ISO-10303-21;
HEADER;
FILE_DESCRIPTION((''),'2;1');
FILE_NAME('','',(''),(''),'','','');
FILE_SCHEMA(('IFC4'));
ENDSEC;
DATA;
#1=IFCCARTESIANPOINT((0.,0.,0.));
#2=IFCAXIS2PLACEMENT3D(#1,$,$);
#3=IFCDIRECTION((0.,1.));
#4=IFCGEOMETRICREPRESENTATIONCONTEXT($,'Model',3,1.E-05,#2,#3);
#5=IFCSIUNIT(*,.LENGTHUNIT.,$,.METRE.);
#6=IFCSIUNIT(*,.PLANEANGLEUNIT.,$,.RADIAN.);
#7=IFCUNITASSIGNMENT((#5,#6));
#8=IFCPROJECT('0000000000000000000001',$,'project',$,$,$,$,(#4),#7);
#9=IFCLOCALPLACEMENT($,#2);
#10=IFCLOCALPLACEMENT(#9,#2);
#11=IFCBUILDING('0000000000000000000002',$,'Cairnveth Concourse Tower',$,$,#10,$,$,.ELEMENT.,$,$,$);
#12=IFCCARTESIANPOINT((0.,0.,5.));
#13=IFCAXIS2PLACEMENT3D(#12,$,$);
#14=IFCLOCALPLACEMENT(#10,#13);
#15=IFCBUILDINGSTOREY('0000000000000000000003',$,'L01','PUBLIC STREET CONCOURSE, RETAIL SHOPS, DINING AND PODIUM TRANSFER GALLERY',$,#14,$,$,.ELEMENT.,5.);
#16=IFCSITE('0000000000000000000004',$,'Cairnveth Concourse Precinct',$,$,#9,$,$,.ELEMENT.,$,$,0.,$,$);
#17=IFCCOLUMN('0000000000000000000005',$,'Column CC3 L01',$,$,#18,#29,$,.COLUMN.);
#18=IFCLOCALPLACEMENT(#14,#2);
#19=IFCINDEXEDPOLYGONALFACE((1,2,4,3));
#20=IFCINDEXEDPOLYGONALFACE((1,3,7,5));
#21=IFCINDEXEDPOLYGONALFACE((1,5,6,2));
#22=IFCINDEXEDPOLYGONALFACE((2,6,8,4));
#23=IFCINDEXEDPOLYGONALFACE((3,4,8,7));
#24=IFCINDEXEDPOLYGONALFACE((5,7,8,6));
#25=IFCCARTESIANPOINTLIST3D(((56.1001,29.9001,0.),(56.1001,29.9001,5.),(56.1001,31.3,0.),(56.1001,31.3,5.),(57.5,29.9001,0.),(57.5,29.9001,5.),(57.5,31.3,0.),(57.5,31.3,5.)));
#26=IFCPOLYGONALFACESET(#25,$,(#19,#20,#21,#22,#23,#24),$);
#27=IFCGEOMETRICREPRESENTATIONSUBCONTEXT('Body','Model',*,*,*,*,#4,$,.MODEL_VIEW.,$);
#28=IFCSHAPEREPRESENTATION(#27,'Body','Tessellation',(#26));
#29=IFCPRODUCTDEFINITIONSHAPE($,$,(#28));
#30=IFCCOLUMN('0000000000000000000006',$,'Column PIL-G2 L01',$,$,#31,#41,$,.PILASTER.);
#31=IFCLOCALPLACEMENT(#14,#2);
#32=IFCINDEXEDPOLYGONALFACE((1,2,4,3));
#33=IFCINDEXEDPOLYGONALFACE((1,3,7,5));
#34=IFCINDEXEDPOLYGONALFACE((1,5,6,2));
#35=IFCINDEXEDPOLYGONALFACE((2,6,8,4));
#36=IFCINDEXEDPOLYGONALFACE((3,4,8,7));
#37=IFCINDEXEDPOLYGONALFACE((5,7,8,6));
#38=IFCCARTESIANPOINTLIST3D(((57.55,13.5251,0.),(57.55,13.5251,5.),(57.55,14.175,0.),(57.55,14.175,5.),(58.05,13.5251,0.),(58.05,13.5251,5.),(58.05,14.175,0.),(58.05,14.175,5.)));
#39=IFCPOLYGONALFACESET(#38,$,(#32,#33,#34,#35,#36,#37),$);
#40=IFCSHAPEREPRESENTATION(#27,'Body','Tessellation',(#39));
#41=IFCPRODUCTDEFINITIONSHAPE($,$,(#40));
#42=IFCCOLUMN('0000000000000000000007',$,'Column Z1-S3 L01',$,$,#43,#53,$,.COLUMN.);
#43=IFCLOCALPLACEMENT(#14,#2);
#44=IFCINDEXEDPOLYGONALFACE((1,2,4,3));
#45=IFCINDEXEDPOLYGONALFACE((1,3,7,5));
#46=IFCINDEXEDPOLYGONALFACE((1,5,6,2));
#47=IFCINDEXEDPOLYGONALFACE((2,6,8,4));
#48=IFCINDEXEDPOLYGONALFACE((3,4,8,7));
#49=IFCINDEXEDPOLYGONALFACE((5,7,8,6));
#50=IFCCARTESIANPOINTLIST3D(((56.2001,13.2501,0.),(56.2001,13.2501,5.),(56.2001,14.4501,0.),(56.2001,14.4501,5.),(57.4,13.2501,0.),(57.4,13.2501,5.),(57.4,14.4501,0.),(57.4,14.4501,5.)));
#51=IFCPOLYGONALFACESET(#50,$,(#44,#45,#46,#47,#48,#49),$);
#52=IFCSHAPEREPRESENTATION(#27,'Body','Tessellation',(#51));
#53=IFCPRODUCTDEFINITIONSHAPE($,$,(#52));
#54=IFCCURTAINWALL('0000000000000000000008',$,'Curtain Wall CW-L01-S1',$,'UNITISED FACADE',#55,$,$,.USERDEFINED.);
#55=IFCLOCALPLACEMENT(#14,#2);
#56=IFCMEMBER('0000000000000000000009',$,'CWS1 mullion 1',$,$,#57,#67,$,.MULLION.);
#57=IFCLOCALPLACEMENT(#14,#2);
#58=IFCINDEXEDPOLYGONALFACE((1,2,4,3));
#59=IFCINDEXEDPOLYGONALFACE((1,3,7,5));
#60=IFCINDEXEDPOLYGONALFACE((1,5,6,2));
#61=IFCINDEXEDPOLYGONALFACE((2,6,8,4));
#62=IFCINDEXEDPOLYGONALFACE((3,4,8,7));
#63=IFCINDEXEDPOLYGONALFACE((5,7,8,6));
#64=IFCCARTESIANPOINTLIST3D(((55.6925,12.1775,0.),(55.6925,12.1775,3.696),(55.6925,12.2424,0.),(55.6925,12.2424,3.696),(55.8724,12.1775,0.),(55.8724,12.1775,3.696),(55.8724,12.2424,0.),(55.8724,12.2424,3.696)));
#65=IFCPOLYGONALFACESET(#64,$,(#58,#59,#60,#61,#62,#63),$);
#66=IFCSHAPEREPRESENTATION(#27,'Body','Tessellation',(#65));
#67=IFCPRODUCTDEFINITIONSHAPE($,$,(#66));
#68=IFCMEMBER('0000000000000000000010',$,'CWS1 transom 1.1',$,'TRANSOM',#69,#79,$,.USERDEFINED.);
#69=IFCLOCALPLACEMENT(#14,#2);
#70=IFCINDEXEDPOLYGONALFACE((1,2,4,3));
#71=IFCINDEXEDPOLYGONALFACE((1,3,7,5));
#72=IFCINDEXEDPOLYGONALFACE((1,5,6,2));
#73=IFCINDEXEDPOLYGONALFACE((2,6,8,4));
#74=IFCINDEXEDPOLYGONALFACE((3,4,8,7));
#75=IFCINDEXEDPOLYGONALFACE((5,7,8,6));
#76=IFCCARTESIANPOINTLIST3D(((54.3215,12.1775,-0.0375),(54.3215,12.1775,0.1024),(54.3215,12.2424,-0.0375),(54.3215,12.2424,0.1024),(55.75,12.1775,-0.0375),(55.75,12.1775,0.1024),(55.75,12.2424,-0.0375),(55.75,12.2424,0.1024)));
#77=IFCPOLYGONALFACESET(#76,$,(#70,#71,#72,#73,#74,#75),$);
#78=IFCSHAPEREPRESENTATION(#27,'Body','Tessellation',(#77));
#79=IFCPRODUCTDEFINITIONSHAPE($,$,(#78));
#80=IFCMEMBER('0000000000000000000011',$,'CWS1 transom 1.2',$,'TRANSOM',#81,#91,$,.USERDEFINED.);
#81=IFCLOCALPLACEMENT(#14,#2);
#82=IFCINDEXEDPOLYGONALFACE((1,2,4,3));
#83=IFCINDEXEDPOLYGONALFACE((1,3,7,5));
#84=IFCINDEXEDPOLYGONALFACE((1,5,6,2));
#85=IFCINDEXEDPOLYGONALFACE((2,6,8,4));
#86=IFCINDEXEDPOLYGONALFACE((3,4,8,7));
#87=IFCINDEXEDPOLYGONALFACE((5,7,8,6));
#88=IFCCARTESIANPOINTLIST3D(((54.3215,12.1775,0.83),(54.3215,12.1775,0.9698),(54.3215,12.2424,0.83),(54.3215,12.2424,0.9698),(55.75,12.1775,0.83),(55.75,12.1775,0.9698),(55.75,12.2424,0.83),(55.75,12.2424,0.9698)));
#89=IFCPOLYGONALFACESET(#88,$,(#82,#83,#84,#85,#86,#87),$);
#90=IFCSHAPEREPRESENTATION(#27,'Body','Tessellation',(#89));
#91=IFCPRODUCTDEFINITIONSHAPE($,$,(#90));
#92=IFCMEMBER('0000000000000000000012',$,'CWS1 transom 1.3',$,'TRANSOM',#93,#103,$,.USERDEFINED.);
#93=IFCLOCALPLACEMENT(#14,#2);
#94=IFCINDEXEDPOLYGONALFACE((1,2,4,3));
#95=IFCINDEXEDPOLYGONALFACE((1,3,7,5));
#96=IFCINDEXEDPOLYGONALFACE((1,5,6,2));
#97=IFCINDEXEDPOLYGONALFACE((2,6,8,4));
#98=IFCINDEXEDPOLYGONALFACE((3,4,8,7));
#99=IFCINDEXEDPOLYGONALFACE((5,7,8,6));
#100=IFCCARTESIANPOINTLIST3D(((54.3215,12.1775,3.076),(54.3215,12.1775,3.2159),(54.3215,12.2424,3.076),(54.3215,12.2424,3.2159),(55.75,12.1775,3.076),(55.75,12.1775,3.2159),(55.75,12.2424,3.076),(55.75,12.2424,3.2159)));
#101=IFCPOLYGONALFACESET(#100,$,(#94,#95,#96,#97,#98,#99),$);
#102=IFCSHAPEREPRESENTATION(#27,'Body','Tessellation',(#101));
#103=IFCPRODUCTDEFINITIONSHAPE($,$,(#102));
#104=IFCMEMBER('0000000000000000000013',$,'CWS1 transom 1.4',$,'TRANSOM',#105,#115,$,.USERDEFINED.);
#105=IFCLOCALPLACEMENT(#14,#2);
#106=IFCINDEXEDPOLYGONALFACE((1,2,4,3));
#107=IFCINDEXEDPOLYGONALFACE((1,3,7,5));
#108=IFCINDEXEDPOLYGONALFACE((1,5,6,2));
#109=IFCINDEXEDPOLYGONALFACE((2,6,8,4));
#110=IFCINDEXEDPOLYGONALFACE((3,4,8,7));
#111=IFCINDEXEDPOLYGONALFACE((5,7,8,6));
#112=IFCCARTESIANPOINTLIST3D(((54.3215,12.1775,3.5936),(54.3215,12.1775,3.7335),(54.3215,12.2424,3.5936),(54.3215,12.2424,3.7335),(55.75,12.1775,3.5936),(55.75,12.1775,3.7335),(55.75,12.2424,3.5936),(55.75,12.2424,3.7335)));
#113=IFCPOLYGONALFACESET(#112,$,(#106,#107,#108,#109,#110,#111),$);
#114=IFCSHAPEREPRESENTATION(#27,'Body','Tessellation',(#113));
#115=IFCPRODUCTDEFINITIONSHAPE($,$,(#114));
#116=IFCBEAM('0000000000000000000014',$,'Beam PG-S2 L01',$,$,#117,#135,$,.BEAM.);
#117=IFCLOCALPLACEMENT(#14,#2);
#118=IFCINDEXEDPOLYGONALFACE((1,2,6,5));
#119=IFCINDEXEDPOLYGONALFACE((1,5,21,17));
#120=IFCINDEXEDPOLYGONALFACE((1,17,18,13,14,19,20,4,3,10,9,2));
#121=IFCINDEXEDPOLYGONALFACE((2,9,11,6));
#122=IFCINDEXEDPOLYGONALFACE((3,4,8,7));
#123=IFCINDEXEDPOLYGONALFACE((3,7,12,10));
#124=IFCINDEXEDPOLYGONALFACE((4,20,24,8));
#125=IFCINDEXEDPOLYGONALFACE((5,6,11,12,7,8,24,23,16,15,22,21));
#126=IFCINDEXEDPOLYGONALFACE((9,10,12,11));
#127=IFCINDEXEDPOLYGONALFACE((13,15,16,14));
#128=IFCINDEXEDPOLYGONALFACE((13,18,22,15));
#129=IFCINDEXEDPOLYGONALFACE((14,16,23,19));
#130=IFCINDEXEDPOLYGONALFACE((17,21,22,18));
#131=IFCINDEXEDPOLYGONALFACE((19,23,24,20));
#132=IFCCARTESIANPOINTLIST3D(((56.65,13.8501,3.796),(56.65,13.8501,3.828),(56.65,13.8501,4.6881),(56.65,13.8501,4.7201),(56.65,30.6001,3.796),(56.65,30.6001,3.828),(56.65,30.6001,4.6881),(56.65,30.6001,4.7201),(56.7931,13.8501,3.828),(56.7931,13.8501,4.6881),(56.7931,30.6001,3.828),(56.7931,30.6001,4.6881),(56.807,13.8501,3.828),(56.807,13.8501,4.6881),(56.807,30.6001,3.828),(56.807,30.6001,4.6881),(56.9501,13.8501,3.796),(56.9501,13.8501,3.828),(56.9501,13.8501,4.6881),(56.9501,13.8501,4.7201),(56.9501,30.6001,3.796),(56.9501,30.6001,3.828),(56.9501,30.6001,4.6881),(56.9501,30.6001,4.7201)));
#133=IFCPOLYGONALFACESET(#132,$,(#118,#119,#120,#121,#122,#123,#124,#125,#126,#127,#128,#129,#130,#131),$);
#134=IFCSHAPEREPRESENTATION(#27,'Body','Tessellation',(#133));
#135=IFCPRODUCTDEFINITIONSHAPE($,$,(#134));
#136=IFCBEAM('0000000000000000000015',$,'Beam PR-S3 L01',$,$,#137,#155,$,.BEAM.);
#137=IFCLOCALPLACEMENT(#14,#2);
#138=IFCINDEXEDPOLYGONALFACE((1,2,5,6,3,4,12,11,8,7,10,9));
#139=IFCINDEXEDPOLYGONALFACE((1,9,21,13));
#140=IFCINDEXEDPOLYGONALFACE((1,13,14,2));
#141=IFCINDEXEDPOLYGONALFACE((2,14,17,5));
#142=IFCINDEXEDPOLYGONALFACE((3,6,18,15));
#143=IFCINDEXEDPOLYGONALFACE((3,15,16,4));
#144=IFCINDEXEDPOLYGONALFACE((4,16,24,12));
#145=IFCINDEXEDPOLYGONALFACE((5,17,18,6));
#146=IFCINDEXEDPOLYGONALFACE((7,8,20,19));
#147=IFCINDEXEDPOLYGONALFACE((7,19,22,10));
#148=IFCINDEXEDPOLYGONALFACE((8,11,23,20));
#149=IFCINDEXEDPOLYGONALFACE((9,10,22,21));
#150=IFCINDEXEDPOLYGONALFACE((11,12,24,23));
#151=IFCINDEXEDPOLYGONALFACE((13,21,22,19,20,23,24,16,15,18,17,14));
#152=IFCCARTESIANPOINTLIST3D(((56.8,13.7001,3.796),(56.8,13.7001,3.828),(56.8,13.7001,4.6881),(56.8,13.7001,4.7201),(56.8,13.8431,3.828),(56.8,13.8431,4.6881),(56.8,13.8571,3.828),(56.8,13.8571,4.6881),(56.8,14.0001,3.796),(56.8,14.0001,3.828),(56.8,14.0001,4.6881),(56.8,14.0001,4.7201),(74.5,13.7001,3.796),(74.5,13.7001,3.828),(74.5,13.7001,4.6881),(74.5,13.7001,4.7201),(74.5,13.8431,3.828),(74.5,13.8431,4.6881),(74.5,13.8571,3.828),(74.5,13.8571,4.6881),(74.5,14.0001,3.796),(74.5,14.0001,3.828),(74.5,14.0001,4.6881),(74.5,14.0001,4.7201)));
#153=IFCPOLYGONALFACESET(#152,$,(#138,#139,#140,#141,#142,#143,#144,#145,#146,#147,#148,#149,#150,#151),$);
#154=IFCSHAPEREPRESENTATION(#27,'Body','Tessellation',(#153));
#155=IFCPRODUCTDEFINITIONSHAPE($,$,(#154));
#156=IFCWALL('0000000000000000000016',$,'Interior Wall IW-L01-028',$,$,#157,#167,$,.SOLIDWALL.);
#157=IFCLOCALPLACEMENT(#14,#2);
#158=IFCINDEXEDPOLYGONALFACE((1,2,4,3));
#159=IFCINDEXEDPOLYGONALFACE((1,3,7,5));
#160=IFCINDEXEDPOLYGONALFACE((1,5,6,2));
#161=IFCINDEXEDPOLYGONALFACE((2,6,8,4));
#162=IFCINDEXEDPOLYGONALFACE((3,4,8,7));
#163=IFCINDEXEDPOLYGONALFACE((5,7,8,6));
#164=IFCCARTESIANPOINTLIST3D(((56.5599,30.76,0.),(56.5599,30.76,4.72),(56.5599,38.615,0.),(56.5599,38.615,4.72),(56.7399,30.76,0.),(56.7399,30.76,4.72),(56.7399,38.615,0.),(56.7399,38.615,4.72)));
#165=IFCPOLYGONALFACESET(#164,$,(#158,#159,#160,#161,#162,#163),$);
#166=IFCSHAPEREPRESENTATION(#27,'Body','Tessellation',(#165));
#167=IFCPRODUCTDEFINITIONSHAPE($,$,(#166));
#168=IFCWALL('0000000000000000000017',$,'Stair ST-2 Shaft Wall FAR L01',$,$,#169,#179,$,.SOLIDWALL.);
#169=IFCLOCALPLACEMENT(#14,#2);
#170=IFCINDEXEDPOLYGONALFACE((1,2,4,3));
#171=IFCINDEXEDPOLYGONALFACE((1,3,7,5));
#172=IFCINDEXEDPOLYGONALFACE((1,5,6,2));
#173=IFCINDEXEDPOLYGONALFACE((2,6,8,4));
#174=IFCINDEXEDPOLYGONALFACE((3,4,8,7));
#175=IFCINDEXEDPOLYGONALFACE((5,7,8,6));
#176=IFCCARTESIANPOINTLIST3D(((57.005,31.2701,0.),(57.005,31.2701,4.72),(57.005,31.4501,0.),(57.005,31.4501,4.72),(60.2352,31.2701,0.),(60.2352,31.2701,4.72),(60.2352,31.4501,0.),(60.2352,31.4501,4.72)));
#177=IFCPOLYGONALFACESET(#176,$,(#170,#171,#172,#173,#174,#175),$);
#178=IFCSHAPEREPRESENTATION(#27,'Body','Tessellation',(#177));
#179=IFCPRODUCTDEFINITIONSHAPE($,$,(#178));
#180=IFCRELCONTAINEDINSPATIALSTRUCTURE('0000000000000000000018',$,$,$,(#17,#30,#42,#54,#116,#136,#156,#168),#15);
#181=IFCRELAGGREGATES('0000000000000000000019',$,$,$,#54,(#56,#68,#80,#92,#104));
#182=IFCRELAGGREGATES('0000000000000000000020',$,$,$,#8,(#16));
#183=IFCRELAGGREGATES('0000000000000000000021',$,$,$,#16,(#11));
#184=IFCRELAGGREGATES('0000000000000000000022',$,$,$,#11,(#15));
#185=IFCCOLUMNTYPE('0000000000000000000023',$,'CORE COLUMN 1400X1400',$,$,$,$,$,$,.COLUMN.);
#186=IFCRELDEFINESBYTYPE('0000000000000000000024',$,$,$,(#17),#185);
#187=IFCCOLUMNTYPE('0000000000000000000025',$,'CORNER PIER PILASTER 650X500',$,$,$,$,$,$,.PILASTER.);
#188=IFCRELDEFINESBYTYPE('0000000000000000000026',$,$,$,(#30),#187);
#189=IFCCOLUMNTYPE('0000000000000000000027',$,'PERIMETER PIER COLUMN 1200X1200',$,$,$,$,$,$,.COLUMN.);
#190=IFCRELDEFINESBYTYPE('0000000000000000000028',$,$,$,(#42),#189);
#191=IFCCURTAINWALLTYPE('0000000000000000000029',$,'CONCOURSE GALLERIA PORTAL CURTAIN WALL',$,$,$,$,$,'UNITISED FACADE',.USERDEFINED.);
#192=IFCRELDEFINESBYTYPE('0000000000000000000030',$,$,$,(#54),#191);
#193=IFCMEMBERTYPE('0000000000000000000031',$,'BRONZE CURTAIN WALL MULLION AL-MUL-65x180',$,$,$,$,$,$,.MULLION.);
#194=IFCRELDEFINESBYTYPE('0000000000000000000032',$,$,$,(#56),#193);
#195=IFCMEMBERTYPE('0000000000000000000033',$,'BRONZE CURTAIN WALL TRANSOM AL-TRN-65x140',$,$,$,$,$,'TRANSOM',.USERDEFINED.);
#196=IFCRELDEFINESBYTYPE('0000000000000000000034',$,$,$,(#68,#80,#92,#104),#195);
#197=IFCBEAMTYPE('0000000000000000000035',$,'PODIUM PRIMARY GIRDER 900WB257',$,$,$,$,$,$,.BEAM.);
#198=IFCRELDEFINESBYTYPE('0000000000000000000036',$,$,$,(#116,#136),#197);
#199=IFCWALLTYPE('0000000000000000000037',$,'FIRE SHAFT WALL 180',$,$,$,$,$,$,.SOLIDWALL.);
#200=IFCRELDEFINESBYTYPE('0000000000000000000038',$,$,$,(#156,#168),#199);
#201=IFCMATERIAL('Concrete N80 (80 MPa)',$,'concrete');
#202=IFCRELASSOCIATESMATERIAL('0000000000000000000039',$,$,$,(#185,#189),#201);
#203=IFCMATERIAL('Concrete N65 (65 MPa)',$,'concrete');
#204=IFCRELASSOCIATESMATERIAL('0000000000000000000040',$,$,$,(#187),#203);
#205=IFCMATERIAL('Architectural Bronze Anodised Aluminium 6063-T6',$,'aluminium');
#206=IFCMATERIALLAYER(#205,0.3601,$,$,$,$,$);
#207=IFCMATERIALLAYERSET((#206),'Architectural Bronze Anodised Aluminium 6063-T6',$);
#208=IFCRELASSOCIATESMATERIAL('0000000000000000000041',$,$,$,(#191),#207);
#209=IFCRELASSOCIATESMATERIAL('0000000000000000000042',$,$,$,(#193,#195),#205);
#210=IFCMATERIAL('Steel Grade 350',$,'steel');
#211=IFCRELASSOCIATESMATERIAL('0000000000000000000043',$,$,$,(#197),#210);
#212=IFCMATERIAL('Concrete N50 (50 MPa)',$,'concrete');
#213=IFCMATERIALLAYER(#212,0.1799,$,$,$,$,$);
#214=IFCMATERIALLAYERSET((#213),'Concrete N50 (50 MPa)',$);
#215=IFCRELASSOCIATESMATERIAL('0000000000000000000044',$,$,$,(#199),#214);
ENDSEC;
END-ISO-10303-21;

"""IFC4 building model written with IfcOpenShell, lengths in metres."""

from ifc_helpers import new_model, si_unit, direction, frame, frame_2d, origin, origin_2d, place, context, subcontext, project, spatial, rectangle, i_section, extrude, material, layer, layer_set, material_profile, profile_set, type_object, element, aggregate, save


model = new_model("IFC4")

# Units and contexts
model_context = context("Model", 3, precision=1e-05, world=origin(), true_north=direction((0.0, 1.0)))
body_context = subcontext(model_context, "Body", "Model", "MODEL_VIEW")
ifc_project = project(units=[si_unit("LENGTHUNIT", "METRE"), si_unit("PLANEANGLEUNIT", "RADIAN")], contexts=[model_context])

# Site, building, storey
site_placement = place(None, origin())
site = spatial("IfcSite", under=ifc_project, at=site_placement, Name="Cairnveth Concourse Precinct", CompositionType="ELEMENT", RefElevation=0.0)
building_placement = place(site_placement, origin())
building = spatial("IfcBuilding", under=site, at=building_placement, Name="Cairnveth Concourse Tower", CompositionType="ELEMENT")
storey_placement = place(building_placement, frame((0.0, 0.0, 5.0)))
storey = spatial("IfcBuildingStorey", under=building, at=storey_placement, Name="L01", Description="PUBLIC STREET CONCOURSE, RETAIL SHOPS, DINING AND PODIUM TRANSFER GALLERY", CompositionType="ELEMENT", Elevation=5.0)

# Columns
ifc_material_1 = material(Name="Concrete N80 (80 MPa)", Category="concrete")
ifc_material_profile_1 = material_profile(ifc_material_1, rectangle(XDim=1.3999, YDim=1.3999, at=origin_2d()), Name="RC-COL-1400x1400")
ifc_profile_set_1 = profile_set([ifc_material_profile_1], Name="Concrete N80 (80 MPa)")
column_type_1 = type_object("IfcColumnType", Name="CORE COLUMN 1400X1400", PredefinedType="COLUMN", material=ifc_profile_set_1)
column_1_placement = place(storey_placement, frame((56.8, 30.6001, 0.0), z_axis=(0.0, 0.0, 1.0), x_axis=(1.0, 0.0, 0.0)))
element("IfcColumn", 1, at=column_1_placement, inside=storey, type_object=column_type_1, Name="Column CC3 L01", PredefinedType="COLUMN", context=body_context, shape_type="SweptSolid", body=[
    extrude(rectangle(XDim=1.3999, YDim=1.3999, at=origin_2d()), origin(), (0.0, 0.0, 1.0), 5.0),
])
ifc_material_2 = material(Name="Concrete N65 (65 MPa)", Category="concrete")
ifc_material_profile_2 = material_profile(ifc_material_2, rectangle(XDim=0.5, YDim=0.6499, at=origin_2d()), Name="RC-PIL-650x500")
ifc_profile_set_2 = profile_set([ifc_material_profile_2], Name="Concrete N65 (65 MPa)")
column_type_2 = type_object("IfcColumnType", Name="CORNER PIER PILASTER 650X500", PredefinedType="PILASTER", material=ifc_profile_set_2)
column_2_placement = place(storey_placement, frame((57.8, 13.8501, 0.0), z_axis=(0.0, 0.0, 1.0), x_axis=(1.0, 0.0, 0.0)))
element("IfcColumn", 2, at=column_2_placement, inside=storey, type_object=column_type_2, Name="Column PIL-G2 L01", PredefinedType="PILASTER", context=body_context, shape_type="SweptSolid", body=[
    extrude(rectangle(XDim=0.5, YDim=0.6499, at=origin_2d()), origin(), (0.0, 0.0, 1.0), 5.0),
])
ifc_material_profile_3 = material_profile(ifc_material_1, rectangle(XDim=1.2, YDim=1.2, at=origin_2d()), Name="RC-COL-1200x1200")
ifc_profile_set_3 = profile_set([ifc_material_profile_3], Name="Concrete N80 (80 MPa)")
column_type_3 = type_object("IfcColumnType", Name="PERIMETER PIER COLUMN 1200X1200", PredefinedType="COLUMN", material=ifc_profile_set_3)
column_3_placement = place(storey_placement, frame((56.8, 13.8501, 0.0), z_axis=(0.0, 0.0, 1.0), x_axis=(1.0, 0.0, 0.0)))
element("IfcColumn", 3, at=column_3_placement, inside=storey, type_object=column_type_3, Name="Column Z1-S3 L01", PredefinedType="COLUMN", context=body_context, shape_type="SweptSolid", body=[
    extrude(rectangle(XDim=1.2, YDim=1.2, at=origin_2d()), origin(), (0.0, 0.0, 1.0), 5.0),
])

# Curtain wall, members
ifc_material_3 = material(Name="Architectural Bronze Anodised Aluminium 6063-T6", Category="aluminium")
ifc_layer_1 = layer(ifc_material_3, 0.3601)
ifc_layer_set_1 = layer_set([ifc_layer_1], Name="Architectural Bronze Anodised Aluminium 6063-T6")
curtain_wall_type = type_object("IfcCurtainWallType", Name="CONCOURSE GALLERIA PORTAL CURTAIN WALL", ElementType="UNITISED FACADE", PredefinedType="USERDEFINED", material=ifc_layer_set_1)
curtain_wall_placement = place(storey_placement, origin())
curtain_wall = element("IfcCurtainWall", 4, at=curtain_wall_placement, inside=storey, type_object=curtain_wall_type, Name="Curtain Wall CW-L01-S1", ObjectType="UNITISED FACADE", PredefinedType="USERDEFINED")
ifc_material_profile_4 = material_profile(ifc_material_3, rectangle(XDim=0.0649, YDim=0.1799, at=origin_2d()), Name="AL-MUL-65x180")
ifc_profile_set_4 = profile_set([ifc_material_profile_4], Name="Architectural Bronze Anodised Aluminium 6063-T6")
member_type_1 = type_object("IfcMemberType", Name="BRONZE CURTAIN WALL MULLION AL-MUL-65x180", PredefinedType="MULLION", material=ifc_profile_set_4)
member_1_placement = place(storey_placement, frame((55.7825, 12.21, 0.0), z_axis=(0.0, 0.0, 1.0), x_axis=(0.0, -1.0, 0.0)))
member_1 = element("IfcMember", 5, at=member_1_placement, type_object=member_type_1, Name="CWS1 mullion 1", PredefinedType="MULLION", context=body_context, shape_type="SweptSolid", body=[
    extrude(rectangle(XDim=0.0649, YDim=0.1799, at=origin_2d()), origin(), (0.0, 0.0, 1.0), 3.696),
])
ifc_material_profile_5 = material_profile(ifc_material_3, rectangle(XDim=0.0649, YDim=0.1399, at=origin_2d()), Name="AL-TRN-65x140")
ifc_profile_set_5 = profile_set([ifc_material_profile_5], Name="Architectural Bronze Anodised Aluminium 6063-T6")
member_type_2 = type_object("IfcMemberType", Name="BRONZE CURTAIN WALL TRANSOM AL-TRN-65x140", ElementType="TRANSOM", PredefinedType="USERDEFINED", material=ifc_profile_set_5)
member_2_placement = place(storey_placement, frame((55.75, 12.21, 0.0325), z_axis=(-1.0, 0.0, 0.0), x_axis=(0.0, -1.0, 0.0)))
member_2 = element("IfcMember", 6, at=member_2_placement, type_object=member_type_2, Name="CWS1 transom 1.1", ObjectType="TRANSOM", PredefinedType="USERDEFINED", context=body_context, shape_type="SweptSolid", body=[
    extrude(rectangle(XDim=0.0649, YDim=0.1399, at=origin_2d()), origin(), (0.0, 0.0, 1.0), 1.4285),
])
member_3_placement = place(storey_placement, frame((55.75, 12.21, 0.8999), z_axis=(-1.0, 0.0, 0.0), x_axis=(0.0, -1.0, 0.0)))
member_3 = element("IfcMember", 7, at=member_3_placement, type_object=member_type_2, Name="CWS1 transom 1.2", ObjectType="TRANSOM", PredefinedType="USERDEFINED", context=body_context, shape_type="SweptSolid", body=[
    extrude(rectangle(XDim=0.0649, YDim=0.1399, at=origin_2d()), origin(), (0.0, 0.0, 1.0), 1.4285),
])
member_4_placement = place(storey_placement, frame((55.75, 12.21, 3.146), z_axis=(-1.0, 0.0, 0.0), x_axis=(0.0, -1.0, 0.0)))
member_4 = element("IfcMember", 8, at=member_4_placement, type_object=member_type_2, Name="CWS1 transom 1.3", ObjectType="TRANSOM", PredefinedType="USERDEFINED", context=body_context, shape_type="SweptSolid", body=[
    extrude(rectangle(XDim=0.0649, YDim=0.1399, at=origin_2d()), origin(), (0.0, 0.0, 1.0), 1.4285),
])
member_5_placement = place(storey_placement, frame((55.75, 12.21, 3.6636), z_axis=(-1.0, 0.0, 0.0), x_axis=(0.0, -1.0, 0.0)))
member_5 = element("IfcMember", 9, at=member_5_placement, type_object=member_type_2, Name="CWS1 transom 1.4", ObjectType="TRANSOM", PredefinedType="USERDEFINED", context=body_context, shape_type="SweptSolid", body=[
    extrude(rectangle(XDim=0.0649, YDim=0.1399, at=origin_2d()), origin(), (0.0, 0.0, 1.0), 1.4285),
])
aggregate(curtain_wall, [member_1, member_2, member_3, member_4, member_5])

# Beams
ifc_material_4 = material(Name="Steel Grade 350", Category="steel")
ifc_material_profile_6 = material_profile(ifc_material_4, i_section(OverallWidth=0.3, OverallDepth=0.9241, WebThickness=0.0139, FlangeThickness=0.032, at=origin_2d()), Name="900WB257")
ifc_profile_set_6 = profile_set([ifc_material_profile_6], Name="Steel Grade 350")
beam_type = type_object("IfcBeamType", Name="PODIUM PRIMARY GIRDER 900WB257", PredefinedType="BEAM", material=ifc_profile_set_6)
beam_1_placement = place(storey_placement, frame((56.8, 13.8501, 4.2581), z_axis=(0.0, 1.0, 0.0), x_axis=(-1.0, 0.0, 0.0)))
element("IfcBeam", 10, at=beam_1_placement, inside=storey, type_object=beam_type, Name="Beam PG-S2 L01", PredefinedType="BEAM", context=body_context, shape_type="SweptSolid", body=[
    extrude(i_section(OverallWidth=0.3, OverallDepth=0.9241, WebThickness=0.0139, FlangeThickness=0.032, at=origin_2d()), origin(), (0.0, 0.0, 1.0), 16.75),
])
beam_2_placement = place(storey_placement, frame((56.8, 13.8501, 4.2581), z_axis=(1.0, 0.0, 0.0), x_axis=(0.0, 1.0, 0.0)))
element("IfcBeam", 11, at=beam_2_placement, inside=storey, type_object=beam_type, Name="Beam PR-S3 L01", PredefinedType="BEAM", context=body_context, shape_type="SweptSolid", body=[
    extrude(i_section(OverallWidth=0.3, OverallDepth=0.9241, WebThickness=0.0139, FlangeThickness=0.032, at=origin_2d()), origin(), (0.0, 0.0, 1.0), 17.7),
])

# Walls
ifc_material_5 = material(Name="Concrete N50 (50 MPa)", Category="concrete")
ifc_layer_2 = layer(ifc_material_5, 0.1799)
ifc_layer_set_2 = layer_set([ifc_layer_2], Name="Concrete N50 (50 MPa)")
wall_type_1 = type_object("IfcWallType", Name="FIRE SHAFT WALL 180", PredefinedType="SOLIDWALL", material=ifc_layer_set_2)
wall_1_placement = place(storey_placement, frame((56.6499, 30.76, 0.0), z_axis=(0.0, 0.0, 1.0), x_axis=(0.0, 1.0, 0.0)))
element("IfcWall", 12, at=wall_1_placement, inside=storey, type_object=wall_type_1, Name="Interior Wall IW-L01-028", PredefinedType="SOLIDWALL", context=body_context, shape_type="SweptSolid", body=[
    extrude(rectangle(XDim=7.855, YDim=0.1799, at=frame_2d((3.9275, 0.0))), origin(), (0.0, 0.0, 1.0), 4.72),
])
wall_2_placement = place(storey_placement, frame((57.0049, 31.3601, 0.0), z_axis=(0.0, 0.0, 1.0), x_axis=(1.0, 0.0, 0.0)))
element("IfcWall", 13, at=wall_2_placement, inside=storey, type_object=wall_type_1, Name="Stair ST-2 Shaft Wall FAR L01", PredefinedType="SOLIDWALL", context=body_context, shape_type="SweptSolid", body=[
    extrude(rectangle(XDim=3.2302, YDim=0.1799, at=frame_2d((1.6152, 0.0))), origin(), (0.0, 0.0, 1.0), 4.72),
])

save(model, "model.ifc")
